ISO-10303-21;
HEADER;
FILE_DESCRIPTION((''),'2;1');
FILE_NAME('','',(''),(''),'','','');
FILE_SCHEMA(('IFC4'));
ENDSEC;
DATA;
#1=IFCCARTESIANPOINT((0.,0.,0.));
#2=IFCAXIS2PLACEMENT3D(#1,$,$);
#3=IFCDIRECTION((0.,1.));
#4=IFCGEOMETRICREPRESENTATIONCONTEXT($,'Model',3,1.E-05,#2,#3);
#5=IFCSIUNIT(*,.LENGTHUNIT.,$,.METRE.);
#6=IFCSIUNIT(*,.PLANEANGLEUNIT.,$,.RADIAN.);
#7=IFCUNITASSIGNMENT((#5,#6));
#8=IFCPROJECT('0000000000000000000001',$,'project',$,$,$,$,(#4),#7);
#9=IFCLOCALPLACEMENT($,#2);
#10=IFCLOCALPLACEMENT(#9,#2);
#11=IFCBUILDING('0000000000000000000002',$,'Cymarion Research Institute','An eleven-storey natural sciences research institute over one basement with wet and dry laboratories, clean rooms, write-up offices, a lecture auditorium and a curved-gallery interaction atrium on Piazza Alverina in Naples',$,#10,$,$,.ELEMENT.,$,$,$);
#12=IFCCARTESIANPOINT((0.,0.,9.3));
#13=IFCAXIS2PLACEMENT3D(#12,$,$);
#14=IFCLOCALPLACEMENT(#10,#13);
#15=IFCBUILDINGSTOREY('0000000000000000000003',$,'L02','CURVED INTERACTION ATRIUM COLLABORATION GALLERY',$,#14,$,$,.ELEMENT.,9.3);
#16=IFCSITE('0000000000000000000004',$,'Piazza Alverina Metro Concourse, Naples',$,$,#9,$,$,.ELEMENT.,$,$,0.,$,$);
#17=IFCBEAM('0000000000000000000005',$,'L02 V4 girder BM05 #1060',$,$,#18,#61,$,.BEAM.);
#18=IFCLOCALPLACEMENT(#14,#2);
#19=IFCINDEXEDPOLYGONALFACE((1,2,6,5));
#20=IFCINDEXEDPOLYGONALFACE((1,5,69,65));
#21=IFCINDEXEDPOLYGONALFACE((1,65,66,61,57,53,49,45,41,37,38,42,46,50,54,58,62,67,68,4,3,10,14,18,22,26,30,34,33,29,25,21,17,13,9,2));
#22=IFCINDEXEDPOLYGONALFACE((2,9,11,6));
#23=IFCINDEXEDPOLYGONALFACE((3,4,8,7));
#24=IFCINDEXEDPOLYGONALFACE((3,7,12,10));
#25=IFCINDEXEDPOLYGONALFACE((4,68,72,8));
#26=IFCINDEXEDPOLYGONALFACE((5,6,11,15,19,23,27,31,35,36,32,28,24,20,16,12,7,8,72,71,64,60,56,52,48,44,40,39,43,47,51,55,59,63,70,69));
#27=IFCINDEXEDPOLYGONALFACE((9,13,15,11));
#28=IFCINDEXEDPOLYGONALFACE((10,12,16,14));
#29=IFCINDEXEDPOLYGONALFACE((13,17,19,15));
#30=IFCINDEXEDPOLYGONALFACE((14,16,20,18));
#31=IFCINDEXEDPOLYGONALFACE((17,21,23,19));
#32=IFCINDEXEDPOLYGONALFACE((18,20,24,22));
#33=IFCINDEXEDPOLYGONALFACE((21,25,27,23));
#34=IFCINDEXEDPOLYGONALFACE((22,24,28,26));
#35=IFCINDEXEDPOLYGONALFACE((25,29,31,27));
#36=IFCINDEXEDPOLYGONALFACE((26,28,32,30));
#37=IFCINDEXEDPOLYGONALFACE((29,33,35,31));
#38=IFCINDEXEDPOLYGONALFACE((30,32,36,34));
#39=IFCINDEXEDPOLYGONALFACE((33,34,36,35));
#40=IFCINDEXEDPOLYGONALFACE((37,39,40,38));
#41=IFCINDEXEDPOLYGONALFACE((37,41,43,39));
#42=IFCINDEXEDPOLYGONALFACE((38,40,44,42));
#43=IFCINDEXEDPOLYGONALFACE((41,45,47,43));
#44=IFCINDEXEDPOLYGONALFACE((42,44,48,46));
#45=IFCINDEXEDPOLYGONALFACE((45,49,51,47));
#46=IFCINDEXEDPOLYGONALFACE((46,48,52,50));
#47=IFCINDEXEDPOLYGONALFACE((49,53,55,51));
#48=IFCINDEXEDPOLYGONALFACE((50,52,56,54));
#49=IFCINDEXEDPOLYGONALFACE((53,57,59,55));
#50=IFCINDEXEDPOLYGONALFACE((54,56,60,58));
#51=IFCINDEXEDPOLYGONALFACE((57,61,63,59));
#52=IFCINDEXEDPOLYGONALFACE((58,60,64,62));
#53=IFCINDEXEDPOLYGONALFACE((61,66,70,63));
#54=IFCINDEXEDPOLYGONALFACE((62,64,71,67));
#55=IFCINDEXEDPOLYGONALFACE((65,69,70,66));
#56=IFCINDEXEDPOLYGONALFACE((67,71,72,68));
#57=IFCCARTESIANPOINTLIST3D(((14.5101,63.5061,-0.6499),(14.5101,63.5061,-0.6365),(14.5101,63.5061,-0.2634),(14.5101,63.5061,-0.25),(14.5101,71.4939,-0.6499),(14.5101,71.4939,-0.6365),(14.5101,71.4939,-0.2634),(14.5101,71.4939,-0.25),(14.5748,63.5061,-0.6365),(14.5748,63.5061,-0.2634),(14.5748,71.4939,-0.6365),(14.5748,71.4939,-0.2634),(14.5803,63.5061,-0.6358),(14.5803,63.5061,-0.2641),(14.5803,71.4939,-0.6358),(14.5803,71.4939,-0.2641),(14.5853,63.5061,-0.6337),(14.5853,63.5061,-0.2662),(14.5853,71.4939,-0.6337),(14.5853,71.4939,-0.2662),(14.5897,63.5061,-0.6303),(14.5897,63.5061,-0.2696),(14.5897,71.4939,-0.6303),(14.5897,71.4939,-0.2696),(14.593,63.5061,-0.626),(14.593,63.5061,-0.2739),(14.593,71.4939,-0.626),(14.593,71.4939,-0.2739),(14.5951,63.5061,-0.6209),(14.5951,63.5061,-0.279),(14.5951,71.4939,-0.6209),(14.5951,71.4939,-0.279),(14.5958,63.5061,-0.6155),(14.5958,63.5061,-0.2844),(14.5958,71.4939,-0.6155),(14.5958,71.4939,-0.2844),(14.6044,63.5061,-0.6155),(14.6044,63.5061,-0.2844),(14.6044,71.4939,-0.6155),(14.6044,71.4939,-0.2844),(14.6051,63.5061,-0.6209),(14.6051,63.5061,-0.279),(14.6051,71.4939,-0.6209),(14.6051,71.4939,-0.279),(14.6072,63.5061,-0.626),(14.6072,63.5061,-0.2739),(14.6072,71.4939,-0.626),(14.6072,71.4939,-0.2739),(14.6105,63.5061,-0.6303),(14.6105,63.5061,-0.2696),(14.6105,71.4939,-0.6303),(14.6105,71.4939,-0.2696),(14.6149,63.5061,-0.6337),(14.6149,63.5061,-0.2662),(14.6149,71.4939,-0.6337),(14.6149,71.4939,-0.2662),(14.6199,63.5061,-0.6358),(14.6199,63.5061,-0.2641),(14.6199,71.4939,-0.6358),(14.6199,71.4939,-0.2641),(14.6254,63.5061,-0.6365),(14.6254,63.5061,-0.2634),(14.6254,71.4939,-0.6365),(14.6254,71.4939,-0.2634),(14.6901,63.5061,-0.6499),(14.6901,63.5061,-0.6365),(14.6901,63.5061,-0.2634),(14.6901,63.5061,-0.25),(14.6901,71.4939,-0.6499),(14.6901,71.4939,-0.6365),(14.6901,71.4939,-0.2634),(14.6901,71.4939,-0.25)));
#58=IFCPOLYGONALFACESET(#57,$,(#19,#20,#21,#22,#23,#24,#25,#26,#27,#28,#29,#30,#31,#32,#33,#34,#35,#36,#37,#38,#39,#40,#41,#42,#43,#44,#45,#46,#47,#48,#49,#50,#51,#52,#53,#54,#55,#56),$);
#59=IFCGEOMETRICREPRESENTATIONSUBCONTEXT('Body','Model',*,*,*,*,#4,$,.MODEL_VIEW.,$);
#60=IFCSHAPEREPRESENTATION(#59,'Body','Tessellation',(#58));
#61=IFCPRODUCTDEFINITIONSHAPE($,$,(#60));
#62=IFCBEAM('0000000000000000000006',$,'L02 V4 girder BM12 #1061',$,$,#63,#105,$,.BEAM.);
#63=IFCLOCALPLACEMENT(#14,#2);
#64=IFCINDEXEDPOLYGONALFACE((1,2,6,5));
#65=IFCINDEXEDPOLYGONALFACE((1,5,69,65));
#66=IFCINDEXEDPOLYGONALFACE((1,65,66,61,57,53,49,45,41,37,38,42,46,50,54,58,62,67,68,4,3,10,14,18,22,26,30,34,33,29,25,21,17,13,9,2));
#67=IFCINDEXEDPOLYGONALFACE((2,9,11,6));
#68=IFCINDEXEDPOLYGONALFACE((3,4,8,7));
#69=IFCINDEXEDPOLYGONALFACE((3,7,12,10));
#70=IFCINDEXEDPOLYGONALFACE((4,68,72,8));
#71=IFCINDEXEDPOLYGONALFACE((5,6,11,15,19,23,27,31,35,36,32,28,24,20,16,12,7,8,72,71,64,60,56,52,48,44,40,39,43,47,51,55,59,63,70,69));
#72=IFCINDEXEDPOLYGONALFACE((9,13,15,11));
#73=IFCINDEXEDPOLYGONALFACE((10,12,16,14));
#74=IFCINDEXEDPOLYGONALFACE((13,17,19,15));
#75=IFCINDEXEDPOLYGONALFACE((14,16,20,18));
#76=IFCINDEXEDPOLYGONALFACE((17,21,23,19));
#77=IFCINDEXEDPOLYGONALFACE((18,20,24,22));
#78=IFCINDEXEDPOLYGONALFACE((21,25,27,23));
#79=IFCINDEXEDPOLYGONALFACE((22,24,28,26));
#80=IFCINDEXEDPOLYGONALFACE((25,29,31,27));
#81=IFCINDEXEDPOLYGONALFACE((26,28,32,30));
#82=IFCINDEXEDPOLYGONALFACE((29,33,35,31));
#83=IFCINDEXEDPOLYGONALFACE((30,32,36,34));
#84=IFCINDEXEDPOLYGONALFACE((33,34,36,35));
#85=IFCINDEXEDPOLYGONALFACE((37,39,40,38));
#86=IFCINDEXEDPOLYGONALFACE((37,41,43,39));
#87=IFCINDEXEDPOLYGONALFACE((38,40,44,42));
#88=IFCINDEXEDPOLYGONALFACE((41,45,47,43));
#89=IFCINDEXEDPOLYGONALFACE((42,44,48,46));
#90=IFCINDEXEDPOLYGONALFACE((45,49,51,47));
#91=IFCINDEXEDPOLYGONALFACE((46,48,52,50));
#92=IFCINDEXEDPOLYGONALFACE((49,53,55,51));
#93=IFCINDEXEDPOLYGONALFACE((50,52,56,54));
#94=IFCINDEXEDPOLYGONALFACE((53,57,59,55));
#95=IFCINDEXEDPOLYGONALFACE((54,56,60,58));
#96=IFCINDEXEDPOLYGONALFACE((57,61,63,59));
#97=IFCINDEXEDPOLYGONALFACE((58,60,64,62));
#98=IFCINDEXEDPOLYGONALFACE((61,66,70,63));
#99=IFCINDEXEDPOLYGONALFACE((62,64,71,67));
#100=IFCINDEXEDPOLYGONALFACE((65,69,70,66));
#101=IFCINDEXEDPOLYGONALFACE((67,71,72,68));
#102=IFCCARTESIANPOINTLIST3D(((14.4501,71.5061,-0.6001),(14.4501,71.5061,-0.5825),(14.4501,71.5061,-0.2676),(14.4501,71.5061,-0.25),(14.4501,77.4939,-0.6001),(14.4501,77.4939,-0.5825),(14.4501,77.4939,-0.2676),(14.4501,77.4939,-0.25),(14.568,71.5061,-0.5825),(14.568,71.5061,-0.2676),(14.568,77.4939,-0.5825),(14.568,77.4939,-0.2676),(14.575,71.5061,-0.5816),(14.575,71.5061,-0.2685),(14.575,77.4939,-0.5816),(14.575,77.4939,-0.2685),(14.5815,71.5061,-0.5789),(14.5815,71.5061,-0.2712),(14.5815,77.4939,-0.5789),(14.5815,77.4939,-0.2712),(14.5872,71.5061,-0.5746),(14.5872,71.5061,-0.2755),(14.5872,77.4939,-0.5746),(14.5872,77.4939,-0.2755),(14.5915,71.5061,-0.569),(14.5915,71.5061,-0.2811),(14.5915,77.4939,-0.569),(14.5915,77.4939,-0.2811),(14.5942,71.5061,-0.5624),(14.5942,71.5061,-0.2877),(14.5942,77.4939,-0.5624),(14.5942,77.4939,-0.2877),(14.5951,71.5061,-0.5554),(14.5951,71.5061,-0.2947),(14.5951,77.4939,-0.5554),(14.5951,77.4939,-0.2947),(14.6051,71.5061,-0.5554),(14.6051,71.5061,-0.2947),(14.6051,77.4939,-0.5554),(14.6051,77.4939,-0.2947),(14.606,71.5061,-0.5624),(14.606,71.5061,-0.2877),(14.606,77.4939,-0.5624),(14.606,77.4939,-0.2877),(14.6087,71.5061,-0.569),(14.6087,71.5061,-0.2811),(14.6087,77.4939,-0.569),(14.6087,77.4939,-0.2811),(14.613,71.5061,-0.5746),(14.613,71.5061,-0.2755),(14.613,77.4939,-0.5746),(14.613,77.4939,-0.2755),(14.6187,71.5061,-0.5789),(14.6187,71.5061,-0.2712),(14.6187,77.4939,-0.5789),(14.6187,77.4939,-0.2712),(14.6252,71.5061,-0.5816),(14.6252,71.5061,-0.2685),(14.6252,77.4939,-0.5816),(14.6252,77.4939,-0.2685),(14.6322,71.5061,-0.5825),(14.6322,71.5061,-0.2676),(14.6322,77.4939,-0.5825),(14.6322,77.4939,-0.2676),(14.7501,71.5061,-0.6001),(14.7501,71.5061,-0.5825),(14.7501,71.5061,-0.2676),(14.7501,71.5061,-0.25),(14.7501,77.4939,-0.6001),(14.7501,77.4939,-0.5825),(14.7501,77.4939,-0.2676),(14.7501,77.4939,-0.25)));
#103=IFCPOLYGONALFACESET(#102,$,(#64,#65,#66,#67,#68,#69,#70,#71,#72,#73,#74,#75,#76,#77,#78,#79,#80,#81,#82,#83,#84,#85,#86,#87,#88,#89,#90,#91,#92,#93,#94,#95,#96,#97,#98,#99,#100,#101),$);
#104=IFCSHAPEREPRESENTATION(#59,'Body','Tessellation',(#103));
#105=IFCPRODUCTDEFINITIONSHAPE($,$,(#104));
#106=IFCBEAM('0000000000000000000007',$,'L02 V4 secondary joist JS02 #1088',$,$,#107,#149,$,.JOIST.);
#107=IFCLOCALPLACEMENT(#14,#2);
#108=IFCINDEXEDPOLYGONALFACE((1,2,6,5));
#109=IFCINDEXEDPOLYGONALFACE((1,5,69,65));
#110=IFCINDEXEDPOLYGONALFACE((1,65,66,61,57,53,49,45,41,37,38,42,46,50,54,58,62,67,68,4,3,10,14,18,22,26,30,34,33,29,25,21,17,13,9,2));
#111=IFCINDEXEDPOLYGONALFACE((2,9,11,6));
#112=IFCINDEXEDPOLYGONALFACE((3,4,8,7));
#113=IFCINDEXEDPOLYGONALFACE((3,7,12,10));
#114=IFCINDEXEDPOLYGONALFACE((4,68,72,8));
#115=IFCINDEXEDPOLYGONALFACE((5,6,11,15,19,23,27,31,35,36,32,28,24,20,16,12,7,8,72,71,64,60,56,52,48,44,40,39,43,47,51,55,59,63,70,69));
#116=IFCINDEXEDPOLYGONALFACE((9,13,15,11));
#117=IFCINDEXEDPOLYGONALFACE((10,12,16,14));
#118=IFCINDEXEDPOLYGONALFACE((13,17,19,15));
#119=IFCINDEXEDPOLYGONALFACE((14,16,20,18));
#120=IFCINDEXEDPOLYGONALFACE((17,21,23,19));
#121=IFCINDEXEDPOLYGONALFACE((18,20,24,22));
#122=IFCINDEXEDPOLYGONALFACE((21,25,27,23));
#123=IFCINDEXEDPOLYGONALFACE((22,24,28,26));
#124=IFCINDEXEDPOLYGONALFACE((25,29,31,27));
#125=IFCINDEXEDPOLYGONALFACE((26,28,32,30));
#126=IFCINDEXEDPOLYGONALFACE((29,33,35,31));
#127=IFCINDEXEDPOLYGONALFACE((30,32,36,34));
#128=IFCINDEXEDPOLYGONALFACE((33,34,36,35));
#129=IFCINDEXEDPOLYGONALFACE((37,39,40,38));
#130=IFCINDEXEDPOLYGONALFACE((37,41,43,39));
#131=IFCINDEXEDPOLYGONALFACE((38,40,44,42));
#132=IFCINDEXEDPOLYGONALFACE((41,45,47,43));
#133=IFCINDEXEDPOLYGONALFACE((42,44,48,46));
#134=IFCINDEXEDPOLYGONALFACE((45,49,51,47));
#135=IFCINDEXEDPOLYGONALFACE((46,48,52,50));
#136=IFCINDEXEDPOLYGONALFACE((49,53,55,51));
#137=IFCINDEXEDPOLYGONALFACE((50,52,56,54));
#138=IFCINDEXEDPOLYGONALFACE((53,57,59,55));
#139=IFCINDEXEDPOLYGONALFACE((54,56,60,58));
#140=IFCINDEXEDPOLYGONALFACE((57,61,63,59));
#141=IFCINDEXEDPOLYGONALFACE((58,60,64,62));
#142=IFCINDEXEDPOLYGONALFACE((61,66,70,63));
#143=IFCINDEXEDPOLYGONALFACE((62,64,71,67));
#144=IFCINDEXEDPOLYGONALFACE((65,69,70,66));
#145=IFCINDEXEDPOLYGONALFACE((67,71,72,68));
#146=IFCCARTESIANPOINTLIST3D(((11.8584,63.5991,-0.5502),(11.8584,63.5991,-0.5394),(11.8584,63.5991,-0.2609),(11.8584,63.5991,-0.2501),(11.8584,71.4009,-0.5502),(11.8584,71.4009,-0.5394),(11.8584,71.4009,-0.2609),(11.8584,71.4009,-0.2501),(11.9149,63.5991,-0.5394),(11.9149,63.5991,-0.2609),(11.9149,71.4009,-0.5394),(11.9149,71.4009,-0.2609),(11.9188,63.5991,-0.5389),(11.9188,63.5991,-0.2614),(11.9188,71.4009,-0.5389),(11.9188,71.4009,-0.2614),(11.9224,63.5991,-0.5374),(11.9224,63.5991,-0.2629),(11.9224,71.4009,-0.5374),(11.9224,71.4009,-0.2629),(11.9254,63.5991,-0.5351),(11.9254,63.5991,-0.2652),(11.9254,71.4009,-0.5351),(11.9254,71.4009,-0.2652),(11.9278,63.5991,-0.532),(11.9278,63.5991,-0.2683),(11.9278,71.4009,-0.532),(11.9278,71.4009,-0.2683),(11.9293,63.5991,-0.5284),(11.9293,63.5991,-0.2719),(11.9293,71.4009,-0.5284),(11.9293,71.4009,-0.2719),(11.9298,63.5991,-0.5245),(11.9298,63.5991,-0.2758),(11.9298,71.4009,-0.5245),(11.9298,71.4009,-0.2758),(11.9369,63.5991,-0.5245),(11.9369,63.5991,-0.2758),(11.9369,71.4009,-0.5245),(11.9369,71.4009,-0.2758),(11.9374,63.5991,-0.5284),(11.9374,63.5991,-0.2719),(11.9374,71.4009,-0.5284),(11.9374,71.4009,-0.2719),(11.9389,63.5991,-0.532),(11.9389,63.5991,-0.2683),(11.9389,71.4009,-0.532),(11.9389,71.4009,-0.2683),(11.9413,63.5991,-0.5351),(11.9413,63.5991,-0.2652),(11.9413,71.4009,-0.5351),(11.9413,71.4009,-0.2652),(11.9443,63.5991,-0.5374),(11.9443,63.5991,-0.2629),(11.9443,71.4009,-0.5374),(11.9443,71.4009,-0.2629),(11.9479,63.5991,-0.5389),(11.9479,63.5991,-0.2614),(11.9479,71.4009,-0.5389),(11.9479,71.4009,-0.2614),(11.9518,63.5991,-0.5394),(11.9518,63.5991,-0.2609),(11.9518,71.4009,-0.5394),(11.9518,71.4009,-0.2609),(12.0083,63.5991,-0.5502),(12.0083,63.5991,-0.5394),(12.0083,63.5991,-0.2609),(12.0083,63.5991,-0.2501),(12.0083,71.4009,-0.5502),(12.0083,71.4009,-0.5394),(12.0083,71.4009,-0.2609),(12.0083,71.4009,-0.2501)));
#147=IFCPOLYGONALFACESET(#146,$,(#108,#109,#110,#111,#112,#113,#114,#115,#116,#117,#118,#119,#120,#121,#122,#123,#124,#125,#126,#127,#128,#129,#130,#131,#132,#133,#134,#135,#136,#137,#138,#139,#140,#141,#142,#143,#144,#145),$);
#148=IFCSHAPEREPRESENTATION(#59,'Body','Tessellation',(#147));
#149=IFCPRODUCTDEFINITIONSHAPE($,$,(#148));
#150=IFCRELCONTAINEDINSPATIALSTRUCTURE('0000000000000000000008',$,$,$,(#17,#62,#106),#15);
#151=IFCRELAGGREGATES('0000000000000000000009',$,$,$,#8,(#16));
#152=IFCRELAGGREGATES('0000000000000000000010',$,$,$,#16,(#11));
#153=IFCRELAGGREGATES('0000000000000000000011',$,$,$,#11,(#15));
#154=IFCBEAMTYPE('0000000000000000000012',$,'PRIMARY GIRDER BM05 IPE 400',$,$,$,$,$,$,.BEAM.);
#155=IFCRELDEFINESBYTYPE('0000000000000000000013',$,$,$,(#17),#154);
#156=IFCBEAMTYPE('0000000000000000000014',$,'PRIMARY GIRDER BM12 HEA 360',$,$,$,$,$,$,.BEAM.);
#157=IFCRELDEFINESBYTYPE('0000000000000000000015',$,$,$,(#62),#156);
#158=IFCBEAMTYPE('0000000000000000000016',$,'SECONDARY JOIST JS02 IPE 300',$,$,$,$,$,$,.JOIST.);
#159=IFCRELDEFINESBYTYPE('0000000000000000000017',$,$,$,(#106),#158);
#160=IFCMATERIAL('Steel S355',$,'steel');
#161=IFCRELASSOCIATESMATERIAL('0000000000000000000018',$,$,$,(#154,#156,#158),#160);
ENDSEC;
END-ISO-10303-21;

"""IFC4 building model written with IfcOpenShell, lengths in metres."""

from ifc_helpers import new_model, si_unit, direction, frame, origin, origin_2d, place, context, subcontext, project, spatial, i_section, extrude, material, material_profile, profile_set, type_object, element, save


model = new_model("IFC4")

# Units and contexts
model_context = context("Model", 3, precision=1e-05, world=origin(), true_north=direction((0.0, 1.0)))
body_context = subcontext(model_context, "Body", "Model", "MODEL_VIEW")
ifc_project = project(units=[si_unit("LENGTHUNIT", "METRE"), si_unit("PLANEANGLEUNIT", "RADIAN")], contexts=[model_context])

# Site, building, storey
site_placement = place(None, origin())
site = spatial("IfcSite", under=ifc_project, at=site_placement, Name="Piazza Alverina Metro Concourse, Naples", CompositionType="ELEMENT", RefElevation=0.0)
building_placement = place(site_placement, origin())
building = spatial("IfcBuilding", under=site, at=building_placement, Name="Cymarion Research Institute", Description="An eleven-storey natural sciences research institute over one basement with wet and dry laboratories, clean rooms, write-up offices, a lecture auditorium and a curved-gallery interaction atrium on Piazza Alverina in Naples", CompositionType="ELEMENT")
storey_placement = place(building_placement, frame((0.0, 0.0, 9.3)))
storey = spatial("IfcBuildingStorey", under=building, at=storey_placement, Name="L02", Description="CURVED INTERACTION ATRIUM COLLABORATION GALLERY", CompositionType="ELEMENT", Elevation=9.3)

# Shared definitions
ifc_material_1 = material(Name="Steel S355", Category="steel")

# Beams
ifc_material_profile_1 = material_profile(ifc_material_1, i_section(OverallWidth=0.1799, OverallDepth=0.3999, WebThickness=0.0085, FlangeThickness=0.0134, FilletRadius=0.021, at=origin_2d()), Name="IPE 400")
ifc_profile_set_1 = profile_set([ifc_material_profile_1], Name="Steel S355")
beam_type_1 = type_object("IfcBeamType", Name="PRIMARY GIRDER BM05 IPE 400", PredefinedType="BEAM", material=ifc_profile_set_1)
beam_1_placement = place(storey_placement, frame((14.6001, 63.5061, -0.45), z_axis=(0.0, 1.0, 0.0), x_axis=(-1.0, 0.0, 0.0)))
element("IfcBeam", 1, at=beam_1_placement, inside=storey, type_object=beam_type_1, Name="L02 V4 girder BM05 #1060", PredefinedType="BEAM", context=body_context, shape_type="SweptSolid", body=[
    extrude(i_section(OverallWidth=0.1799, OverallDepth=0.3999, WebThickness=0.0085, FlangeThickness=0.0134, FilletRadius=0.021, at=origin_2d()), origin(), (0.0, 0.0, 1.0), 7.9878),
])
ifc_material_profile_2 = material_profile(ifc_material_1, i_section(OverallWidth=0.3, OverallDepth=0.3501, WebThickness=0.01, FlangeThickness=0.0176, FilletRadius=0.0271, at=origin_2d()), Name="HEA 360")
ifc_profile_set_2 = profile_set([ifc_material_profile_2], Name="Steel S355")
beam_type_2 = type_object("IfcBeamType", Name="PRIMARY GIRDER BM12 HEA 360", PredefinedType="BEAM", material=ifc_profile_set_2)
beam_2_placement = place(storey_placement, frame((14.6001, 71.5061, -0.425), z_axis=(0.0, 1.0, 0.0), x_axis=(-1.0, 0.0, 0.0)))
element("IfcBeam", 2, at=beam_2_placement, inside=storey, type_object=beam_type_2, Name="L02 V4 girder BM12 #1061", PredefinedType="BEAM", context=body_context, shape_type="SweptSolid", body=[
    extrude(i_section(OverallWidth=0.3, OverallDepth=0.3501, WebThickness=0.01, FlangeThickness=0.0176, FilletRadius=0.0271, at=origin_2d()), origin(), (0.0, 0.0, 1.0), 5.9878),
])
ifc_material_profile_3 = material_profile(ifc_material_1, i_section(OverallWidth=0.1499, OverallDepth=0.3, WebThickness=0.0071, FlangeThickness=0.0107, FilletRadius=0.0149, at=origin_2d()), Name="IPE 300")
ifc_profile_set_3 = profile_set([ifc_material_profile_3], Name="Steel S355")
beam_type_3 = type_object("IfcBeamType", Name="SECONDARY JOIST JS02 IPE 300", PredefinedType="JOIST", material=ifc_profile_set_3)
beam_3_placement = place(storey_placement, frame((11.9333, 63.5991, -0.4001), z_axis=(0.0, 1.0, 0.0), x_axis=(-1.0, 0.0, 0.0)))
element("IfcBeam", 3, at=beam_3_placement, inside=storey, type_object=beam_type_3, Name="L02 V4 secondary joist JS02 #1088", PredefinedType="JOIST", context=body_context, shape_type="SweptSolid", body=[
    extrude(i_section(OverallWidth=0.1499, OverallDepth=0.3, WebThickness=0.0071, FlangeThickness=0.0107, FilletRadius=0.0149, at=origin_2d()), origin(), (0.0, 0.0, 1.0), 7.8018),
])

save(model, "model.ifc")
